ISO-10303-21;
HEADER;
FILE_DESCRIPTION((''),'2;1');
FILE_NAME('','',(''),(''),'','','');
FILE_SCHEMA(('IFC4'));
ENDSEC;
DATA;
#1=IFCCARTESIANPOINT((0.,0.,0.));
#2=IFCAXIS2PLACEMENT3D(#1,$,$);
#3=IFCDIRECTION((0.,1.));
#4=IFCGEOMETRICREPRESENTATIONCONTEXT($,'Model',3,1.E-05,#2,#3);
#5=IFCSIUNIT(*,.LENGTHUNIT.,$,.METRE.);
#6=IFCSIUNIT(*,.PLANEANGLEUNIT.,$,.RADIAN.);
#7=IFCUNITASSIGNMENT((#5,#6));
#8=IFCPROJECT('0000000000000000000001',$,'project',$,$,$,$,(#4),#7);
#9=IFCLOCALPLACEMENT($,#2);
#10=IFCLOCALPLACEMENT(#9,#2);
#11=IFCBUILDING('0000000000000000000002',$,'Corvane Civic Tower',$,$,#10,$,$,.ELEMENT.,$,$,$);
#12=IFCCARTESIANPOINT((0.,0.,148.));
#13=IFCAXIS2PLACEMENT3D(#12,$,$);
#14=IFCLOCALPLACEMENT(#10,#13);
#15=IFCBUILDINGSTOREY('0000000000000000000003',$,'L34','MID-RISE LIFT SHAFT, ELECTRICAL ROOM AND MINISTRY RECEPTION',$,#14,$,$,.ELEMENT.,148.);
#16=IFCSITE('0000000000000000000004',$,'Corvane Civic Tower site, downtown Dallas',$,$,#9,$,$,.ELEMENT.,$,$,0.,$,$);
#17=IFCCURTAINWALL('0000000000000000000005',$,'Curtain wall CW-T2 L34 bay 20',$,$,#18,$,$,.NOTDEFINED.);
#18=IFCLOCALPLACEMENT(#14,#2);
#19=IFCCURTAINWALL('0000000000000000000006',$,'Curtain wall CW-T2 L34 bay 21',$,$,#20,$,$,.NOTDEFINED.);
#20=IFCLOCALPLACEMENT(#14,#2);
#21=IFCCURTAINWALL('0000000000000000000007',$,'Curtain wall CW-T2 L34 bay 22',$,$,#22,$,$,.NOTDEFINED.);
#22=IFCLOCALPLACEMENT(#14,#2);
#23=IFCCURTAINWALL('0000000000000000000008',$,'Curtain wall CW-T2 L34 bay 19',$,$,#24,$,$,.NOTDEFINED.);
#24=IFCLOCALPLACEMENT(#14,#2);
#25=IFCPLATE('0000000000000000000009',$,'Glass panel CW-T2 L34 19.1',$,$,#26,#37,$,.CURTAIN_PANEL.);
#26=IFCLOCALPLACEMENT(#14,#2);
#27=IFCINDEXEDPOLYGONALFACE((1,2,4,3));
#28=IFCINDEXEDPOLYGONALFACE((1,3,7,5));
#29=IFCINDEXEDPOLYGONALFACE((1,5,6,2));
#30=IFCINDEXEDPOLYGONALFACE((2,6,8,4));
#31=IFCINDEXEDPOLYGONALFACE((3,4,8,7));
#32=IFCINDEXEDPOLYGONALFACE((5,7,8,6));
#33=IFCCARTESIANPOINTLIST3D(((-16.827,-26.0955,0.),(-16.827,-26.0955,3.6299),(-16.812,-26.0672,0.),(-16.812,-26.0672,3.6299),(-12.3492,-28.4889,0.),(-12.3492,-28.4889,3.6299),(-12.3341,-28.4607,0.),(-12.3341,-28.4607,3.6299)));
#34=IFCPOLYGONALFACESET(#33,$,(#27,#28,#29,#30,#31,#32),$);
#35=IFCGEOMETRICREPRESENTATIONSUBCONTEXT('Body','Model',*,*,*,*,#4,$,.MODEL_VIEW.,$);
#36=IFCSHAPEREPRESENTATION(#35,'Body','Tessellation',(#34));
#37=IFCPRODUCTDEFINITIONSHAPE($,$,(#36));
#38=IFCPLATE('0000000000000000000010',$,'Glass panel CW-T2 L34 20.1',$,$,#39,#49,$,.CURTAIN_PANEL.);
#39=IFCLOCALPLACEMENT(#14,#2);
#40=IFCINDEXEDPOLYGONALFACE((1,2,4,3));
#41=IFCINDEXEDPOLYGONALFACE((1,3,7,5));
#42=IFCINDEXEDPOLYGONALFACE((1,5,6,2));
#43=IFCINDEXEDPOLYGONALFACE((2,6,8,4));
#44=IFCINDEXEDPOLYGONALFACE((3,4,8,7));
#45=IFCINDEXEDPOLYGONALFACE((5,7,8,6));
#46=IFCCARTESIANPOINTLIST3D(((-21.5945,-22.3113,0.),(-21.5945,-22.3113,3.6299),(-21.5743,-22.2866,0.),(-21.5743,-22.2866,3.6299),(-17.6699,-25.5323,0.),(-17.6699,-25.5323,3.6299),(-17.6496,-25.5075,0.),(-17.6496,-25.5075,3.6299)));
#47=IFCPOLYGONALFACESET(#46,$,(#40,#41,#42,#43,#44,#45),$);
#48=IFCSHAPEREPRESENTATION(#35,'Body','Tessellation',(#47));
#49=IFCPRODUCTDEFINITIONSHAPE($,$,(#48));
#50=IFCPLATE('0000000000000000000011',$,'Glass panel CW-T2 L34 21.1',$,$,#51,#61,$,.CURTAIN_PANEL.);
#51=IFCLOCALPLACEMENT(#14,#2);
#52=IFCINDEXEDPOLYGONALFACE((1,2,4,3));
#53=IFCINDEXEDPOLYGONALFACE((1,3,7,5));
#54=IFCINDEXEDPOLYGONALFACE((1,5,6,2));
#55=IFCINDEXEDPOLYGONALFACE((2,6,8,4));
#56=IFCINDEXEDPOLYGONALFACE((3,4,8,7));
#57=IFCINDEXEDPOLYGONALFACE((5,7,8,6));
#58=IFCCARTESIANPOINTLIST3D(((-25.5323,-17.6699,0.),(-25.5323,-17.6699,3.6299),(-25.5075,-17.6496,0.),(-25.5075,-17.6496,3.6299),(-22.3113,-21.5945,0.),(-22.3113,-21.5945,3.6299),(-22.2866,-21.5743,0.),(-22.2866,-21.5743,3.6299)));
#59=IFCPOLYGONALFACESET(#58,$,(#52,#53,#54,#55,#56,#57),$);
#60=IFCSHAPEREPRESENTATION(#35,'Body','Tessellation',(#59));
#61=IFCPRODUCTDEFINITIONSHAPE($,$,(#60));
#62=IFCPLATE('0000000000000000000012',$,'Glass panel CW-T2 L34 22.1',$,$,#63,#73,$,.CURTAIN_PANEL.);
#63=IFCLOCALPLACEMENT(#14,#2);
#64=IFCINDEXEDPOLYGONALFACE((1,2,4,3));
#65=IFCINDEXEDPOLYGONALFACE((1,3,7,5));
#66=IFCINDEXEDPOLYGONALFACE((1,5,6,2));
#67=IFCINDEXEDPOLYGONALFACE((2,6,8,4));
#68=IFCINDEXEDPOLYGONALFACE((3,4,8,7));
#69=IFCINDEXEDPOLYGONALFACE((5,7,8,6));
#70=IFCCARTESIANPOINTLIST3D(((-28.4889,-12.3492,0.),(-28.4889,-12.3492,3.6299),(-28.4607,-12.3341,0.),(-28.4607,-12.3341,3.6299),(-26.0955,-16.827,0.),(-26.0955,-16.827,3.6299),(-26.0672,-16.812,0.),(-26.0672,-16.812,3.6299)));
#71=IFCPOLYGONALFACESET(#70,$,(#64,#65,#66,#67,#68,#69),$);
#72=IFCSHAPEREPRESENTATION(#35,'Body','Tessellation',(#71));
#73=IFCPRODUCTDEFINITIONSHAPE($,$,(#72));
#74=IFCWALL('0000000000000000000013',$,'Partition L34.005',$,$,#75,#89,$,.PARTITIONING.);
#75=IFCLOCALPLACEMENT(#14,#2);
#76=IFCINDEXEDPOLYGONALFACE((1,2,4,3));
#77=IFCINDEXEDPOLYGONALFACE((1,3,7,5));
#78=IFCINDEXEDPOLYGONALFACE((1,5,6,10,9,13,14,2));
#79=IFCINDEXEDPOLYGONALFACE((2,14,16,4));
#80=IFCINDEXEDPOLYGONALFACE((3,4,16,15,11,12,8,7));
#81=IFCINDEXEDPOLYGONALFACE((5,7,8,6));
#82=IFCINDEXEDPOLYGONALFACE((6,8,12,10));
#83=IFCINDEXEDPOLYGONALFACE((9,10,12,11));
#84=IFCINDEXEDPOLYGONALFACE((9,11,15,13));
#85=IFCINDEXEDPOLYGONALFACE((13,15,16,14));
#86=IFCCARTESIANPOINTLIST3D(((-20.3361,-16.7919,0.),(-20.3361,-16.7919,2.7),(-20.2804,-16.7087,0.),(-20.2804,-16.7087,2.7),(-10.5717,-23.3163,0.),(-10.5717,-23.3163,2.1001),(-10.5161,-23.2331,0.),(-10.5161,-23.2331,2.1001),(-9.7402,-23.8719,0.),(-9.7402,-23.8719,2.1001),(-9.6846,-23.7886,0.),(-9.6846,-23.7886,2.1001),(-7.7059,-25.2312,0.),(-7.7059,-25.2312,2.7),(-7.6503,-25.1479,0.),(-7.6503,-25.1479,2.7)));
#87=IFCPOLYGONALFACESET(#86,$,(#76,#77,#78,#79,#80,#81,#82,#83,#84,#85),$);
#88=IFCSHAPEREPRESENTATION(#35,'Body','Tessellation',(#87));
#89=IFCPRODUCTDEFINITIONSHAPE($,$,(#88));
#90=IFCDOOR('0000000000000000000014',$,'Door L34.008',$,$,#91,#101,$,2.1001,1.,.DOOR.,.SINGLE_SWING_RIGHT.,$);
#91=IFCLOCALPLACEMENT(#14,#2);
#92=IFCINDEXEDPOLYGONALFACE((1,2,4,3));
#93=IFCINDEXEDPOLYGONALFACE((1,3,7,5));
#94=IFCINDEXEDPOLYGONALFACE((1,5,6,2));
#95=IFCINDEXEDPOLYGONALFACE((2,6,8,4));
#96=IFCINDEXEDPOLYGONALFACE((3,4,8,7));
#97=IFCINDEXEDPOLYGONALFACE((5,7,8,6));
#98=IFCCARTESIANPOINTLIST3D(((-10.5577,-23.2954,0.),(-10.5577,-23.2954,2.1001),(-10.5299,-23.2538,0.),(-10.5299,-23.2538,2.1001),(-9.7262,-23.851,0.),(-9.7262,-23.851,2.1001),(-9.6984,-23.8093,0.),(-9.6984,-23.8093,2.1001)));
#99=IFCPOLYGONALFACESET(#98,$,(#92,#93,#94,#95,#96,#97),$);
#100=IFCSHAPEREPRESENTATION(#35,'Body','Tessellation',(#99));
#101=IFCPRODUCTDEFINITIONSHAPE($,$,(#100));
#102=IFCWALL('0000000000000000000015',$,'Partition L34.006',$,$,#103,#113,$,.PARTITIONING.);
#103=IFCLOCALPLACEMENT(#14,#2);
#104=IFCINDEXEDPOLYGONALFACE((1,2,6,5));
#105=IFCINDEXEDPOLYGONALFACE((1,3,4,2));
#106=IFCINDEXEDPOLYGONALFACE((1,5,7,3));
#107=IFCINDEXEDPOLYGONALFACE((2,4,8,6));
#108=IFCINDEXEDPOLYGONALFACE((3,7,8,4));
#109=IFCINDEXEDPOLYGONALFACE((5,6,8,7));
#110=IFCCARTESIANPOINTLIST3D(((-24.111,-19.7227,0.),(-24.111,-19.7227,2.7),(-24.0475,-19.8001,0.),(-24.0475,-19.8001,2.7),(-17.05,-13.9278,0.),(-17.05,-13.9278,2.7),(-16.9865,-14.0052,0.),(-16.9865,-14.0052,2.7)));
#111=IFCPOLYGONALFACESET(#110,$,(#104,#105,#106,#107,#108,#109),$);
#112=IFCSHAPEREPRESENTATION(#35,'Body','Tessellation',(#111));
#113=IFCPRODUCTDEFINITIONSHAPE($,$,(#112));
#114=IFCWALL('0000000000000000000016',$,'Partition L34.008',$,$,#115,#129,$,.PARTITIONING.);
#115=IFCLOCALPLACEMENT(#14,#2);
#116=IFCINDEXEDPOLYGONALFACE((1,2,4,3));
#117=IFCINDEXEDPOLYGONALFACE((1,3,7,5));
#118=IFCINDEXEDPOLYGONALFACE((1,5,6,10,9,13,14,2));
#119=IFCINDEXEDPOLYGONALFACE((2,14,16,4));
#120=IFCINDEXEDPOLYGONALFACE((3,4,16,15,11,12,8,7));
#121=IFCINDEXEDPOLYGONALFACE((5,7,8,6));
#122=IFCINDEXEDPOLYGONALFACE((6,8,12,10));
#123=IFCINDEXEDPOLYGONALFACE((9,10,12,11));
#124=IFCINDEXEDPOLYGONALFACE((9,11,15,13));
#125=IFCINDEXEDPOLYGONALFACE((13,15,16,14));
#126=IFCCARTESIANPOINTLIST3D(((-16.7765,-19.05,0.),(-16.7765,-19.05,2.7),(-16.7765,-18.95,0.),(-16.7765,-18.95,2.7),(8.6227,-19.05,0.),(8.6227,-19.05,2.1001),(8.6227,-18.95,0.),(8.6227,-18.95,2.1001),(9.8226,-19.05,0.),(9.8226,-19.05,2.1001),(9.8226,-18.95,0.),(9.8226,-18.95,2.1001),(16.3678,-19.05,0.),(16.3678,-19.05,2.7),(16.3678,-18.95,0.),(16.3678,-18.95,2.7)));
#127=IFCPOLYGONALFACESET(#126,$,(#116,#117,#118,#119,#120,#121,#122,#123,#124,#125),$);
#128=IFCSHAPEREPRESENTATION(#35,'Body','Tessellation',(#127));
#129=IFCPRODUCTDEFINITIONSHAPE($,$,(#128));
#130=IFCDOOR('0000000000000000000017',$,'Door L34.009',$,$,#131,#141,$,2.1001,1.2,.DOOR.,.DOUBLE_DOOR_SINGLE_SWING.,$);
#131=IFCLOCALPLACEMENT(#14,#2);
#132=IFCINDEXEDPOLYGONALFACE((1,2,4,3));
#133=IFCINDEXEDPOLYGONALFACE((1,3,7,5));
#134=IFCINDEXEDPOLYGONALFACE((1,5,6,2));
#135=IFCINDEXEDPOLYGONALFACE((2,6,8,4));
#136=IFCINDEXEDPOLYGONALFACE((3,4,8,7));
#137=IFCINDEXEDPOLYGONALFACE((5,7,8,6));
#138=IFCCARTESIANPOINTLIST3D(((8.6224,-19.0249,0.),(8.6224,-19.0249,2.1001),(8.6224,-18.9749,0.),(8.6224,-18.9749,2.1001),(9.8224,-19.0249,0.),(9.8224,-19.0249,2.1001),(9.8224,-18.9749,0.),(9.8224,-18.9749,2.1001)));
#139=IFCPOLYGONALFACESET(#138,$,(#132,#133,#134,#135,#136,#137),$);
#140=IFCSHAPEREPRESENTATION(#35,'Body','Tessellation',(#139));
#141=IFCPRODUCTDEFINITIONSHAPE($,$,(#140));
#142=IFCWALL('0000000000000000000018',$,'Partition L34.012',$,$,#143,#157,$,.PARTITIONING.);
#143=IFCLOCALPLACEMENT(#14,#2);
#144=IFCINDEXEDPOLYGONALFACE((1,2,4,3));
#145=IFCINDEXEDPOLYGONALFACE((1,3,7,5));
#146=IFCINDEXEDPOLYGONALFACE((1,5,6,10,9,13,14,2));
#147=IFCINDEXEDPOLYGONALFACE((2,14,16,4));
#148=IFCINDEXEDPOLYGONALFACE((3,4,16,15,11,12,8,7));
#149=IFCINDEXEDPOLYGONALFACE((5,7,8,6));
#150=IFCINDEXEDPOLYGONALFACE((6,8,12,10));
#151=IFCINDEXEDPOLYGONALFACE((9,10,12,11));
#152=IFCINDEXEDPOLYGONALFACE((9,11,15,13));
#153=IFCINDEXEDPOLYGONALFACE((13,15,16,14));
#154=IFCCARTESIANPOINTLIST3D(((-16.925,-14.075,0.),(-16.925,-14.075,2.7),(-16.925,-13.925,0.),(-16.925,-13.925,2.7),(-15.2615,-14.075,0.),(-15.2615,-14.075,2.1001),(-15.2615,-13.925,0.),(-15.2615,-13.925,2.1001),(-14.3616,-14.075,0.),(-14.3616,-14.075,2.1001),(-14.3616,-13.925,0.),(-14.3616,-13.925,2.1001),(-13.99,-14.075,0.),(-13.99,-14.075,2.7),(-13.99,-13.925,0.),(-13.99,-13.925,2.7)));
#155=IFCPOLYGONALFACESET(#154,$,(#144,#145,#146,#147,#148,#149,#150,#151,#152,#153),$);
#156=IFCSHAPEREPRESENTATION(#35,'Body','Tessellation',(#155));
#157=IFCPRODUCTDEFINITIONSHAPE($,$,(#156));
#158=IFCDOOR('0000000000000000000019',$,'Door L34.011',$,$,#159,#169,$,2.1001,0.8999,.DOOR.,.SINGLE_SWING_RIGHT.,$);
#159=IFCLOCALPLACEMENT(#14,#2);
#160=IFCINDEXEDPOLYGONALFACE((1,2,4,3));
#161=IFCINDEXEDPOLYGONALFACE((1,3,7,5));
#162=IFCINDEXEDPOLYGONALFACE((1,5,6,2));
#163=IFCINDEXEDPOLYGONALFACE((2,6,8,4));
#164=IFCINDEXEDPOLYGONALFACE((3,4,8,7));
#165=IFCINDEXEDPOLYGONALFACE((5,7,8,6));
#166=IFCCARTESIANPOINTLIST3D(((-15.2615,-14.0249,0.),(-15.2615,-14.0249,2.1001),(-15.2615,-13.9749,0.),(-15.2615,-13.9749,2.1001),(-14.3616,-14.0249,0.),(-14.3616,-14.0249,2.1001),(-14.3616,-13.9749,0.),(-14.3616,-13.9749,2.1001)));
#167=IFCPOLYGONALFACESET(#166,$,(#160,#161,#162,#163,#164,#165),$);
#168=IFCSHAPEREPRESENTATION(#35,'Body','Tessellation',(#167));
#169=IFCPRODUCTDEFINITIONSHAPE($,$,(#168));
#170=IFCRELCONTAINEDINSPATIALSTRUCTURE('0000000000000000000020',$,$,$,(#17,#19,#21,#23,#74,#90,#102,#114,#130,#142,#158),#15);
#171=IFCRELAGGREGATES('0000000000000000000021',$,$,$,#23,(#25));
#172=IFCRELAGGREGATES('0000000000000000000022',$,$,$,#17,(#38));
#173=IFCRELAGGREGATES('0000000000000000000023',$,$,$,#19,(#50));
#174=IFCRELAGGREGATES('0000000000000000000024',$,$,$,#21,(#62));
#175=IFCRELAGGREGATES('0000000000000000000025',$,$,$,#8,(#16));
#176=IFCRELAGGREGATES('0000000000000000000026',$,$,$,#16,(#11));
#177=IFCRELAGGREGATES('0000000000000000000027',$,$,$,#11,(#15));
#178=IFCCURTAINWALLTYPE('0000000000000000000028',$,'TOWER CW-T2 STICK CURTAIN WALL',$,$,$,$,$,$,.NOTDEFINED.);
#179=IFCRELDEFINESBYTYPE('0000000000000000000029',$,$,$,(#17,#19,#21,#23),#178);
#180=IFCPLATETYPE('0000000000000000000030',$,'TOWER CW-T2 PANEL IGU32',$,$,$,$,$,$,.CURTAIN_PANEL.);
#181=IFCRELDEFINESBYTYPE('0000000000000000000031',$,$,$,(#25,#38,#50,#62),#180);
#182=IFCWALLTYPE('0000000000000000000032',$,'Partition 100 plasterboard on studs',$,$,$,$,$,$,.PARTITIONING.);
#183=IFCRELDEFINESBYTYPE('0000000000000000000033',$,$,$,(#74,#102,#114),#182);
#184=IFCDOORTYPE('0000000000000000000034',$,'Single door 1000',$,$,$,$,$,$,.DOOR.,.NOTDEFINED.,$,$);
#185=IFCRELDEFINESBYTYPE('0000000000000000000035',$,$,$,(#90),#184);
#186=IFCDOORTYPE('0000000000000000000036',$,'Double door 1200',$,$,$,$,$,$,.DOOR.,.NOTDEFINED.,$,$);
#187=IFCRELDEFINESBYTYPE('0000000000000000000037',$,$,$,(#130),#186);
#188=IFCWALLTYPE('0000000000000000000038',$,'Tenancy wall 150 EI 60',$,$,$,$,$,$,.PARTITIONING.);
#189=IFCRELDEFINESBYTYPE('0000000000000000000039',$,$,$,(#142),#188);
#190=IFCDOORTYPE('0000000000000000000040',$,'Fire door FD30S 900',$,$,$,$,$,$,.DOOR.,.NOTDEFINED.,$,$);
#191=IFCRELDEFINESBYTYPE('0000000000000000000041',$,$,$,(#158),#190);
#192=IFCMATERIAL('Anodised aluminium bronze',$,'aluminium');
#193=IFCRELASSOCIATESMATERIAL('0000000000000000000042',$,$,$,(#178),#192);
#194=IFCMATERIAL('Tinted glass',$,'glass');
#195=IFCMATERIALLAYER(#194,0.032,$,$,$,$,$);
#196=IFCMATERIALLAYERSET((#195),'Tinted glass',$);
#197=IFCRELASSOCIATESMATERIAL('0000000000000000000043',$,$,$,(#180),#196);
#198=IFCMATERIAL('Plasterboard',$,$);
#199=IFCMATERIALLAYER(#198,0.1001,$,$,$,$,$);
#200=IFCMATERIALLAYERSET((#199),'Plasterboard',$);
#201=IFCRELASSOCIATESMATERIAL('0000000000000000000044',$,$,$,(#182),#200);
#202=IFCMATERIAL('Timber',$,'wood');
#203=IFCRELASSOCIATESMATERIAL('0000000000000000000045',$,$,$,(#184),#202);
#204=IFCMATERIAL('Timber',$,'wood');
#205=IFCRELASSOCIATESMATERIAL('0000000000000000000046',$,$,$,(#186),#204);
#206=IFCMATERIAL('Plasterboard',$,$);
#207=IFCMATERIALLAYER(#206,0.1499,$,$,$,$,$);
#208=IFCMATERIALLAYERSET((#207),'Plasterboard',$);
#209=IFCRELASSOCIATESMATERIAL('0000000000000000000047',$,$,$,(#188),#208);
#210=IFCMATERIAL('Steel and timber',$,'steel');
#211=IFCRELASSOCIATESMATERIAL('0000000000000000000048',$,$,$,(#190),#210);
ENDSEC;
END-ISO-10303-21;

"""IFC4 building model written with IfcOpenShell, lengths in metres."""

from ifc_helpers import new_model, si_unit, direction, frame, frame_2d, origin, origin_2d, place, context, subcontext, project, spatial, rectangle, extrude, material, layer, layer_set, type_object, element, fill, aggregate, save


model = new_model("IFC4")

# Units and contexts
model_context = context("Model", 3, precision=1e-05, world=origin(), true_north=direction((0.0, 1.0)))
body_context = subcontext(model_context, "Body", "Model", "MODEL_VIEW")
ifc_project = project(units=[si_unit("LENGTHUNIT", "METRE"), si_unit("PLANEANGLEUNIT", "RADIAN")], contexts=[model_context])

# Site, building, storey
site_placement = place(None, origin())
site = spatial("IfcSite", under=ifc_project, at=site_placement, Name="Corvane Civic Tower site, downtown Dallas", CompositionType="ELEMENT", RefElevation=0.0)
building_placement = place(site_placement, origin())
building = spatial("IfcBuilding", under=site, at=building_placement, Name="Corvane Civic Tower", CompositionType="ELEMENT")
storey_placement = place(building_placement, frame((0.0, 0.0, 148.0)))
storey = spatial("IfcBuildingStorey", under=building, at=storey_placement, Name="L34", Description="MID-RISE LIFT SHAFT, ELECTRICAL ROOM AND MINISTRY RECEPTION", CompositionType="ELEMENT", Elevation=148.0)

# Curtain walls
ifc_material_1 = material(Name="Anodised aluminium bronze", Category="aluminium")
curtain_wall_type = type_object("IfcCurtainWallType", Name="TOWER CW-T2 STICK CURTAIN WALL", PredefinedType="NOTDEFINED", material=ifc_material_1)
curtain_wall_1_placement = place(storey_placement, origin())
curtain_wall_1 = element("IfcCurtainWall", 1, at=curtain_wall_1_placement, inside=storey, type_object=curtain_wall_type, Name="Curtain wall CW-T2 L34 bay 20", PredefinedType="NOTDEFINED")
curtain_wall_2_placement = place(storey_placement, origin())
curtain_wall_2 = element("IfcCurtainWall", 2, at=curtain_wall_2_placement, inside=storey, type_object=curtain_wall_type, Name="Curtain wall CW-T2 L34 bay 21", PredefinedType="NOTDEFINED")
curtain_wall_3_placement = place(storey_placement, origin())
curtain_wall_3 = element("IfcCurtainWall", 3, at=curtain_wall_3_placement, inside=storey, type_object=curtain_wall_type, Name="Curtain wall CW-T2 L34 bay 22", PredefinedType="NOTDEFINED")

# Curtain wall, plate
curtain_wall_4_placement = place(storey_placement, origin())
curtain_wall_4 = element("IfcCurtainWall", 4, at=curtain_wall_4_placement, inside=storey, type_object=curtain_wall_type, Name="Curtain wall CW-T2 L34 bay 19", PredefinedType="NOTDEFINED")
ifc_material_2 = material(Name="Tinted glass", Category="glass")
ifc_layer_1 = layer(ifc_material_2, 0.032)
ifc_layer_set_1 = layer_set([ifc_layer_1], Name="Tinted glass")
plate_type = type_object("IfcPlateType", Name="TOWER CW-T2 PANEL IGU32", PredefinedType="CURTAIN_PANEL", material=ifc_layer_set_1)
plate_1_placement = place(storey_placement, frame((-14.5806, -27.2781, 0.0), z_axis=(0.0, 0.0, 1.0), x_axis=(-0.881922, 0.471395, 0.0)))
plate_1 = element("IfcPlate", 5, at=plate_1_placement, type_object=plate_type, Name="Glass panel CW-T2 L34 19.1", PredefinedType="CURTAIN_PANEL", context=body_context, shape_type="SweptSolid", body=[
    extrude(rectangle(XDim=5.0774, YDim=0.032, at=origin_2d()), origin(), (0.0, 0.0, 1.0), 3.6299),
])
aggregate(curtain_wall_4, [plate_1])

# Plates
plate_2_placement = place(storey_placement, frame((-19.6221, -23.9094, 0.0), z_axis=(0.0, 0.0, 1.0), x_axis=(-0.773005, 0.6344, 0.0)))
plate_2 = element("IfcPlate", 6, at=plate_2_placement, type_object=plate_type, Name="Glass panel CW-T2 L34 20.1", PredefinedType="CURTAIN_PANEL", context=body_context, shape_type="SweptSolid", body=[
    extrude(rectangle(XDim=5.0771, YDim=0.032, at=origin_2d()), origin(), (0.0, 0.0, 1.0), 3.6299),
])
aggregate(curtain_wall_1, [plate_2])
plate_3_placement = place(storey_placement, frame((-23.9094, -19.6221, 0.0), z_axis=(0.0, 0.0, 1.0), x_axis=(-0.6344, 0.773005, 0.0)))
plate_3 = element("IfcPlate", 7, at=plate_3_placement, type_object=plate_type, Name="Glass panel CW-T2 L34 21.1", PredefinedType="CURTAIN_PANEL", context=body_context, shape_type="SweptSolid", body=[
    extrude(rectangle(XDim=5.0771, YDim=0.032, at=origin_2d()), origin(), (0.0, 0.0, 1.0), 3.6299),
])
aggregate(curtain_wall_2, [plate_3])
plate_4_placement = place(storey_placement, frame((-27.2781, -14.5806, 0.0), z_axis=(0.0, 0.0, 1.0), x_axis=(-0.471395, 0.881922, 0.0)))
plate_4 = element("IfcPlate", 8, at=plate_4_placement, type_object=plate_type, Name="Glass panel CW-T2 L34 22.1", PredefinedType="CURTAIN_PANEL", context=body_context, shape_type="SweptSolid", body=[
    extrude(rectangle(XDim=5.0774, YDim=0.032, at=origin_2d()), origin(), (0.0, 0.0, 1.0), 3.6299),
])
aggregate(curtain_wall_3, [plate_4])

# Wall, opening, door
ifc_material_3 = material(Name="Plasterboard")
ifc_layer_2 = layer(ifc_material_3, 0.1001)
ifc_layer_set_2 = layer_set([ifc_layer_2], Name="Plasterboard")
wall_type_1 = type_object("IfcWallType", Name="Partition 100 plasterboard on studs", PredefinedType="PARTITIONING", material=ifc_layer_set_2)
wall_1_placement = place(storey_placement, frame((-20.3083, -16.7502, 0.0), z_axis=(0.0, 0.0, 1.0), x_axis=(0.831469, -0.555572, 0.0)))
wall_1 = element("IfcWall", 9, at=wall_1_placement, inside=storey, type_object=wall_type_1, Name="Partition L34.005", PredefinedType="PARTITIONING", context=body_context, shape_type="SweptSolid", body=[
    extrude(rectangle(XDim=15.1902, YDim=0.1001, at=frame_2d((7.5952, 0.0))), origin(), (0.0, 0.0, 1.0), 2.7),
])
opening_1_placement = place(wall_1_placement, frame((11.7437, 0.0, 0.0)))
opening_1 = element("IfcOpeningElement", 10, at=opening_1_placement, cuts=wall_1, PredefinedType="OPENING", context=body_context, shape_type="SweptSolid", body=[
    extrude(rectangle(XDim=1.0, YDim=2.1001, at=frame_2d((0.5, 1.05))), frame((0.0, 0.0601, 0.0), z_axis=(0.0, -1.0, 0.0), x_axis=(1.0, 0.0, 0.0)), (0.0, 0.0, 1.0), 0.1201),
])
ifc_material_4 = material(Name="Timber", Category="wood")
door_type_1 = type_object("IfcDoorType", Name="Single door 1000", OperationType="NOTDEFINED", PredefinedType="DOOR", material=ifc_material_4)
door_1_placement = place(opening_1_placement, frame((1.0, 0.0, 0.0), z_axis=(0.0, 0.0, 1.0), x_axis=(-1.0, 0.0, 0.0)))
door_1 = element("IfcDoor", 11, at=door_1_placement, inside=storey, type_object=door_type_1, Name="Door L34.008", OperationType="SINGLE_SWING_RIGHT", OverallHeight=2.1001, OverallWidth=1.0, PredefinedType="DOOR", context=body_context, shape_type="SweptSolid", body=[
    extrude(rectangle(XDim=1.0, YDim=2.1001, at=frame_2d((0.5, 1.05))), frame((0.0, 0.0249, 0.0), z_axis=(0.0, -1.0, 0.0), x_axis=(1.0, 0.0, 0.0)), (0.0, 0.0, 1.0), 0.05),
])
fill(opening_1, door_1)

# Wall
wall_2_placement = place(storey_placement, frame((-24.0793, -19.7615, 0.0), z_axis=(0.0, 0.0, 1.0), x_axis=(0.773006, 0.634399, 0.0)))
element("IfcWall", 12, at=wall_2_placement, inside=storey, type_object=wall_type_1, Name="Partition L34.006", PredefinedType="PARTITIONING", context=body_context, shape_type="SweptSolid", body=[
    extrude(rectangle(XDim=9.1345, YDim=0.1001, at=frame_2d((4.5674, 0.0))), origin(), (0.0, 0.0, 1.0), 2.7),
])

# Walls, openings, doors
wall_3_placement = place(storey_placement, frame((-16.7766, -19.0, 0.0), z_axis=(0.0, 0.0, 1.0), x_axis=(1.0, 0.0, 0.0)))
wall_3 = element("IfcWall", 13, at=wall_3_placement, inside=storey, type_object=wall_type_1, Name="Partition L34.008", PredefinedType="PARTITIONING", context=body_context, shape_type="SweptSolid", body=[
    extrude(rectangle(XDim=33.1443, YDim=0.1001, at=frame_2d((16.5723, 0.0))), origin(), (0.0, 0.0, 1.0), 2.7),
])
opening_2_placement = place(wall_3_placement, frame((25.3992, 0.0, 0.0)))
opening_2 = element("IfcOpeningElement", 14, at=opening_2_placement, cuts=wall_3, PredefinedType="OPENING", context=body_context, shape_type="SweptSolid", body=[
    extrude(rectangle(XDim=1.2, YDim=2.1001, at=frame_2d((0.6001, 1.05))), frame((0.0, 0.0601, 0.0), z_axis=(0.0, -1.0, 0.0), x_axis=(1.0, 0.0, 0.0)), (0.0, 0.0, 1.0), 0.1201),
])
ifc_material_5 = material(Name="Timber", Category="wood")
door_type_2 = type_object("IfcDoorType", Name="Double door 1200", OperationType="NOTDEFINED", PredefinedType="DOOR", material=ifc_material_5)
door_2_placement = place(opening_2_placement, frame((1.2, 0.0, 0.0), z_axis=(0.0, 0.0, 1.0), x_axis=(-1.0, 0.0, 0.0)))
door_2 = element("IfcDoor", 15, at=door_2_placement, inside=storey, type_object=door_type_2, Name="Door L34.009", OperationType="DOUBLE_DOOR_SINGLE_SWING", OverallHeight=2.1001, OverallWidth=1.2, PredefinedType="DOOR", context=body_context, shape_type="SweptSolid", body=[
    extrude(rectangle(XDim=1.2, YDim=2.1001, at=frame_2d((0.6001, 1.05))), frame((0.0, 0.0249, 0.0), z_axis=(0.0, -1.0, 0.0), x_axis=(1.0, 0.0, 0.0)), (0.0, 0.0, 1.0), 0.05),
])
fill(opening_2, door_2)
ifc_material_6 = material(Name="Plasterboard")
ifc_layer_3 = layer(ifc_material_6, 0.1499)
ifc_layer_set_3 = layer_set([ifc_layer_3], Name="Plasterboard")
wall_type_2 = type_object("IfcWallType", Name="Tenancy wall 150 EI 60", PredefinedType="PARTITIONING", material=ifc_layer_set_3)
wall_4_placement = place(storey_placement, frame((-16.925, -14.0, 0.0), z_axis=(0.0, 0.0, 1.0), x_axis=(1.0, 0.0, 0.0)))
wall_4 = element("IfcWall", 16, at=wall_4_placement, inside=storey, type_object=wall_type_2, Name="Partition L34.012", PredefinedType="PARTITIONING", context=body_context, shape_type="SweptSolid", body=[
    extrude(rectangle(XDim=2.9351, YDim=0.1499, at=frame_2d((1.4675, 0.0))), origin(), (0.0, 0.0, 1.0), 2.7),
])
opening_3_placement = place(wall_4_placement, frame((1.6636, 0.0, 0.0)))
opening_3 = element("IfcOpeningElement", 17, at=opening_3_placement, cuts=wall_4, PredefinedType="OPENING", context=body_context, shape_type="SweptSolid", body=[
    extrude(rectangle(XDim=0.8999, YDim=2.1001, at=frame_2d((0.45, 1.05))), frame((0.0, 0.085, 0.0), z_axis=(0.0, -1.0, 0.0), x_axis=(1.0, 0.0, 0.0)), (0.0, 0.0, 1.0), 0.1699),
])
ifc_material_7 = material(Name="Steel and timber", Category="steel")
door_type_3 = type_object("IfcDoorType", Name="Fire door FD30S 900", OperationType="NOTDEFINED", PredefinedType="DOOR", material=ifc_material_7)
door_3_placement = place(opening_3_placement, frame((0.8999, 0.0, 0.0), z_axis=(0.0, 0.0, 1.0), x_axis=(-1.0, 0.0, 0.0)))
door_3 = element("IfcDoor", 18, at=door_3_placement, inside=storey, type_object=door_type_3, Name="Door L34.011", OperationType="SINGLE_SWING_RIGHT", OverallHeight=2.1001, OverallWidth=0.8999, PredefinedType="DOOR", context=body_context, shape_type="SweptSolid", body=[
    extrude(rectangle(XDim=0.8999, YDim=2.1001, at=frame_2d((0.45, 1.05))), frame((0.0, 0.0249, 0.0), z_axis=(0.0, -1.0, 0.0), x_axis=(1.0, 0.0, 0.0)), (0.0, 0.0, 1.0), 0.05),
])
fill(opening_3, door_3)

save(model, "model.ifc")
